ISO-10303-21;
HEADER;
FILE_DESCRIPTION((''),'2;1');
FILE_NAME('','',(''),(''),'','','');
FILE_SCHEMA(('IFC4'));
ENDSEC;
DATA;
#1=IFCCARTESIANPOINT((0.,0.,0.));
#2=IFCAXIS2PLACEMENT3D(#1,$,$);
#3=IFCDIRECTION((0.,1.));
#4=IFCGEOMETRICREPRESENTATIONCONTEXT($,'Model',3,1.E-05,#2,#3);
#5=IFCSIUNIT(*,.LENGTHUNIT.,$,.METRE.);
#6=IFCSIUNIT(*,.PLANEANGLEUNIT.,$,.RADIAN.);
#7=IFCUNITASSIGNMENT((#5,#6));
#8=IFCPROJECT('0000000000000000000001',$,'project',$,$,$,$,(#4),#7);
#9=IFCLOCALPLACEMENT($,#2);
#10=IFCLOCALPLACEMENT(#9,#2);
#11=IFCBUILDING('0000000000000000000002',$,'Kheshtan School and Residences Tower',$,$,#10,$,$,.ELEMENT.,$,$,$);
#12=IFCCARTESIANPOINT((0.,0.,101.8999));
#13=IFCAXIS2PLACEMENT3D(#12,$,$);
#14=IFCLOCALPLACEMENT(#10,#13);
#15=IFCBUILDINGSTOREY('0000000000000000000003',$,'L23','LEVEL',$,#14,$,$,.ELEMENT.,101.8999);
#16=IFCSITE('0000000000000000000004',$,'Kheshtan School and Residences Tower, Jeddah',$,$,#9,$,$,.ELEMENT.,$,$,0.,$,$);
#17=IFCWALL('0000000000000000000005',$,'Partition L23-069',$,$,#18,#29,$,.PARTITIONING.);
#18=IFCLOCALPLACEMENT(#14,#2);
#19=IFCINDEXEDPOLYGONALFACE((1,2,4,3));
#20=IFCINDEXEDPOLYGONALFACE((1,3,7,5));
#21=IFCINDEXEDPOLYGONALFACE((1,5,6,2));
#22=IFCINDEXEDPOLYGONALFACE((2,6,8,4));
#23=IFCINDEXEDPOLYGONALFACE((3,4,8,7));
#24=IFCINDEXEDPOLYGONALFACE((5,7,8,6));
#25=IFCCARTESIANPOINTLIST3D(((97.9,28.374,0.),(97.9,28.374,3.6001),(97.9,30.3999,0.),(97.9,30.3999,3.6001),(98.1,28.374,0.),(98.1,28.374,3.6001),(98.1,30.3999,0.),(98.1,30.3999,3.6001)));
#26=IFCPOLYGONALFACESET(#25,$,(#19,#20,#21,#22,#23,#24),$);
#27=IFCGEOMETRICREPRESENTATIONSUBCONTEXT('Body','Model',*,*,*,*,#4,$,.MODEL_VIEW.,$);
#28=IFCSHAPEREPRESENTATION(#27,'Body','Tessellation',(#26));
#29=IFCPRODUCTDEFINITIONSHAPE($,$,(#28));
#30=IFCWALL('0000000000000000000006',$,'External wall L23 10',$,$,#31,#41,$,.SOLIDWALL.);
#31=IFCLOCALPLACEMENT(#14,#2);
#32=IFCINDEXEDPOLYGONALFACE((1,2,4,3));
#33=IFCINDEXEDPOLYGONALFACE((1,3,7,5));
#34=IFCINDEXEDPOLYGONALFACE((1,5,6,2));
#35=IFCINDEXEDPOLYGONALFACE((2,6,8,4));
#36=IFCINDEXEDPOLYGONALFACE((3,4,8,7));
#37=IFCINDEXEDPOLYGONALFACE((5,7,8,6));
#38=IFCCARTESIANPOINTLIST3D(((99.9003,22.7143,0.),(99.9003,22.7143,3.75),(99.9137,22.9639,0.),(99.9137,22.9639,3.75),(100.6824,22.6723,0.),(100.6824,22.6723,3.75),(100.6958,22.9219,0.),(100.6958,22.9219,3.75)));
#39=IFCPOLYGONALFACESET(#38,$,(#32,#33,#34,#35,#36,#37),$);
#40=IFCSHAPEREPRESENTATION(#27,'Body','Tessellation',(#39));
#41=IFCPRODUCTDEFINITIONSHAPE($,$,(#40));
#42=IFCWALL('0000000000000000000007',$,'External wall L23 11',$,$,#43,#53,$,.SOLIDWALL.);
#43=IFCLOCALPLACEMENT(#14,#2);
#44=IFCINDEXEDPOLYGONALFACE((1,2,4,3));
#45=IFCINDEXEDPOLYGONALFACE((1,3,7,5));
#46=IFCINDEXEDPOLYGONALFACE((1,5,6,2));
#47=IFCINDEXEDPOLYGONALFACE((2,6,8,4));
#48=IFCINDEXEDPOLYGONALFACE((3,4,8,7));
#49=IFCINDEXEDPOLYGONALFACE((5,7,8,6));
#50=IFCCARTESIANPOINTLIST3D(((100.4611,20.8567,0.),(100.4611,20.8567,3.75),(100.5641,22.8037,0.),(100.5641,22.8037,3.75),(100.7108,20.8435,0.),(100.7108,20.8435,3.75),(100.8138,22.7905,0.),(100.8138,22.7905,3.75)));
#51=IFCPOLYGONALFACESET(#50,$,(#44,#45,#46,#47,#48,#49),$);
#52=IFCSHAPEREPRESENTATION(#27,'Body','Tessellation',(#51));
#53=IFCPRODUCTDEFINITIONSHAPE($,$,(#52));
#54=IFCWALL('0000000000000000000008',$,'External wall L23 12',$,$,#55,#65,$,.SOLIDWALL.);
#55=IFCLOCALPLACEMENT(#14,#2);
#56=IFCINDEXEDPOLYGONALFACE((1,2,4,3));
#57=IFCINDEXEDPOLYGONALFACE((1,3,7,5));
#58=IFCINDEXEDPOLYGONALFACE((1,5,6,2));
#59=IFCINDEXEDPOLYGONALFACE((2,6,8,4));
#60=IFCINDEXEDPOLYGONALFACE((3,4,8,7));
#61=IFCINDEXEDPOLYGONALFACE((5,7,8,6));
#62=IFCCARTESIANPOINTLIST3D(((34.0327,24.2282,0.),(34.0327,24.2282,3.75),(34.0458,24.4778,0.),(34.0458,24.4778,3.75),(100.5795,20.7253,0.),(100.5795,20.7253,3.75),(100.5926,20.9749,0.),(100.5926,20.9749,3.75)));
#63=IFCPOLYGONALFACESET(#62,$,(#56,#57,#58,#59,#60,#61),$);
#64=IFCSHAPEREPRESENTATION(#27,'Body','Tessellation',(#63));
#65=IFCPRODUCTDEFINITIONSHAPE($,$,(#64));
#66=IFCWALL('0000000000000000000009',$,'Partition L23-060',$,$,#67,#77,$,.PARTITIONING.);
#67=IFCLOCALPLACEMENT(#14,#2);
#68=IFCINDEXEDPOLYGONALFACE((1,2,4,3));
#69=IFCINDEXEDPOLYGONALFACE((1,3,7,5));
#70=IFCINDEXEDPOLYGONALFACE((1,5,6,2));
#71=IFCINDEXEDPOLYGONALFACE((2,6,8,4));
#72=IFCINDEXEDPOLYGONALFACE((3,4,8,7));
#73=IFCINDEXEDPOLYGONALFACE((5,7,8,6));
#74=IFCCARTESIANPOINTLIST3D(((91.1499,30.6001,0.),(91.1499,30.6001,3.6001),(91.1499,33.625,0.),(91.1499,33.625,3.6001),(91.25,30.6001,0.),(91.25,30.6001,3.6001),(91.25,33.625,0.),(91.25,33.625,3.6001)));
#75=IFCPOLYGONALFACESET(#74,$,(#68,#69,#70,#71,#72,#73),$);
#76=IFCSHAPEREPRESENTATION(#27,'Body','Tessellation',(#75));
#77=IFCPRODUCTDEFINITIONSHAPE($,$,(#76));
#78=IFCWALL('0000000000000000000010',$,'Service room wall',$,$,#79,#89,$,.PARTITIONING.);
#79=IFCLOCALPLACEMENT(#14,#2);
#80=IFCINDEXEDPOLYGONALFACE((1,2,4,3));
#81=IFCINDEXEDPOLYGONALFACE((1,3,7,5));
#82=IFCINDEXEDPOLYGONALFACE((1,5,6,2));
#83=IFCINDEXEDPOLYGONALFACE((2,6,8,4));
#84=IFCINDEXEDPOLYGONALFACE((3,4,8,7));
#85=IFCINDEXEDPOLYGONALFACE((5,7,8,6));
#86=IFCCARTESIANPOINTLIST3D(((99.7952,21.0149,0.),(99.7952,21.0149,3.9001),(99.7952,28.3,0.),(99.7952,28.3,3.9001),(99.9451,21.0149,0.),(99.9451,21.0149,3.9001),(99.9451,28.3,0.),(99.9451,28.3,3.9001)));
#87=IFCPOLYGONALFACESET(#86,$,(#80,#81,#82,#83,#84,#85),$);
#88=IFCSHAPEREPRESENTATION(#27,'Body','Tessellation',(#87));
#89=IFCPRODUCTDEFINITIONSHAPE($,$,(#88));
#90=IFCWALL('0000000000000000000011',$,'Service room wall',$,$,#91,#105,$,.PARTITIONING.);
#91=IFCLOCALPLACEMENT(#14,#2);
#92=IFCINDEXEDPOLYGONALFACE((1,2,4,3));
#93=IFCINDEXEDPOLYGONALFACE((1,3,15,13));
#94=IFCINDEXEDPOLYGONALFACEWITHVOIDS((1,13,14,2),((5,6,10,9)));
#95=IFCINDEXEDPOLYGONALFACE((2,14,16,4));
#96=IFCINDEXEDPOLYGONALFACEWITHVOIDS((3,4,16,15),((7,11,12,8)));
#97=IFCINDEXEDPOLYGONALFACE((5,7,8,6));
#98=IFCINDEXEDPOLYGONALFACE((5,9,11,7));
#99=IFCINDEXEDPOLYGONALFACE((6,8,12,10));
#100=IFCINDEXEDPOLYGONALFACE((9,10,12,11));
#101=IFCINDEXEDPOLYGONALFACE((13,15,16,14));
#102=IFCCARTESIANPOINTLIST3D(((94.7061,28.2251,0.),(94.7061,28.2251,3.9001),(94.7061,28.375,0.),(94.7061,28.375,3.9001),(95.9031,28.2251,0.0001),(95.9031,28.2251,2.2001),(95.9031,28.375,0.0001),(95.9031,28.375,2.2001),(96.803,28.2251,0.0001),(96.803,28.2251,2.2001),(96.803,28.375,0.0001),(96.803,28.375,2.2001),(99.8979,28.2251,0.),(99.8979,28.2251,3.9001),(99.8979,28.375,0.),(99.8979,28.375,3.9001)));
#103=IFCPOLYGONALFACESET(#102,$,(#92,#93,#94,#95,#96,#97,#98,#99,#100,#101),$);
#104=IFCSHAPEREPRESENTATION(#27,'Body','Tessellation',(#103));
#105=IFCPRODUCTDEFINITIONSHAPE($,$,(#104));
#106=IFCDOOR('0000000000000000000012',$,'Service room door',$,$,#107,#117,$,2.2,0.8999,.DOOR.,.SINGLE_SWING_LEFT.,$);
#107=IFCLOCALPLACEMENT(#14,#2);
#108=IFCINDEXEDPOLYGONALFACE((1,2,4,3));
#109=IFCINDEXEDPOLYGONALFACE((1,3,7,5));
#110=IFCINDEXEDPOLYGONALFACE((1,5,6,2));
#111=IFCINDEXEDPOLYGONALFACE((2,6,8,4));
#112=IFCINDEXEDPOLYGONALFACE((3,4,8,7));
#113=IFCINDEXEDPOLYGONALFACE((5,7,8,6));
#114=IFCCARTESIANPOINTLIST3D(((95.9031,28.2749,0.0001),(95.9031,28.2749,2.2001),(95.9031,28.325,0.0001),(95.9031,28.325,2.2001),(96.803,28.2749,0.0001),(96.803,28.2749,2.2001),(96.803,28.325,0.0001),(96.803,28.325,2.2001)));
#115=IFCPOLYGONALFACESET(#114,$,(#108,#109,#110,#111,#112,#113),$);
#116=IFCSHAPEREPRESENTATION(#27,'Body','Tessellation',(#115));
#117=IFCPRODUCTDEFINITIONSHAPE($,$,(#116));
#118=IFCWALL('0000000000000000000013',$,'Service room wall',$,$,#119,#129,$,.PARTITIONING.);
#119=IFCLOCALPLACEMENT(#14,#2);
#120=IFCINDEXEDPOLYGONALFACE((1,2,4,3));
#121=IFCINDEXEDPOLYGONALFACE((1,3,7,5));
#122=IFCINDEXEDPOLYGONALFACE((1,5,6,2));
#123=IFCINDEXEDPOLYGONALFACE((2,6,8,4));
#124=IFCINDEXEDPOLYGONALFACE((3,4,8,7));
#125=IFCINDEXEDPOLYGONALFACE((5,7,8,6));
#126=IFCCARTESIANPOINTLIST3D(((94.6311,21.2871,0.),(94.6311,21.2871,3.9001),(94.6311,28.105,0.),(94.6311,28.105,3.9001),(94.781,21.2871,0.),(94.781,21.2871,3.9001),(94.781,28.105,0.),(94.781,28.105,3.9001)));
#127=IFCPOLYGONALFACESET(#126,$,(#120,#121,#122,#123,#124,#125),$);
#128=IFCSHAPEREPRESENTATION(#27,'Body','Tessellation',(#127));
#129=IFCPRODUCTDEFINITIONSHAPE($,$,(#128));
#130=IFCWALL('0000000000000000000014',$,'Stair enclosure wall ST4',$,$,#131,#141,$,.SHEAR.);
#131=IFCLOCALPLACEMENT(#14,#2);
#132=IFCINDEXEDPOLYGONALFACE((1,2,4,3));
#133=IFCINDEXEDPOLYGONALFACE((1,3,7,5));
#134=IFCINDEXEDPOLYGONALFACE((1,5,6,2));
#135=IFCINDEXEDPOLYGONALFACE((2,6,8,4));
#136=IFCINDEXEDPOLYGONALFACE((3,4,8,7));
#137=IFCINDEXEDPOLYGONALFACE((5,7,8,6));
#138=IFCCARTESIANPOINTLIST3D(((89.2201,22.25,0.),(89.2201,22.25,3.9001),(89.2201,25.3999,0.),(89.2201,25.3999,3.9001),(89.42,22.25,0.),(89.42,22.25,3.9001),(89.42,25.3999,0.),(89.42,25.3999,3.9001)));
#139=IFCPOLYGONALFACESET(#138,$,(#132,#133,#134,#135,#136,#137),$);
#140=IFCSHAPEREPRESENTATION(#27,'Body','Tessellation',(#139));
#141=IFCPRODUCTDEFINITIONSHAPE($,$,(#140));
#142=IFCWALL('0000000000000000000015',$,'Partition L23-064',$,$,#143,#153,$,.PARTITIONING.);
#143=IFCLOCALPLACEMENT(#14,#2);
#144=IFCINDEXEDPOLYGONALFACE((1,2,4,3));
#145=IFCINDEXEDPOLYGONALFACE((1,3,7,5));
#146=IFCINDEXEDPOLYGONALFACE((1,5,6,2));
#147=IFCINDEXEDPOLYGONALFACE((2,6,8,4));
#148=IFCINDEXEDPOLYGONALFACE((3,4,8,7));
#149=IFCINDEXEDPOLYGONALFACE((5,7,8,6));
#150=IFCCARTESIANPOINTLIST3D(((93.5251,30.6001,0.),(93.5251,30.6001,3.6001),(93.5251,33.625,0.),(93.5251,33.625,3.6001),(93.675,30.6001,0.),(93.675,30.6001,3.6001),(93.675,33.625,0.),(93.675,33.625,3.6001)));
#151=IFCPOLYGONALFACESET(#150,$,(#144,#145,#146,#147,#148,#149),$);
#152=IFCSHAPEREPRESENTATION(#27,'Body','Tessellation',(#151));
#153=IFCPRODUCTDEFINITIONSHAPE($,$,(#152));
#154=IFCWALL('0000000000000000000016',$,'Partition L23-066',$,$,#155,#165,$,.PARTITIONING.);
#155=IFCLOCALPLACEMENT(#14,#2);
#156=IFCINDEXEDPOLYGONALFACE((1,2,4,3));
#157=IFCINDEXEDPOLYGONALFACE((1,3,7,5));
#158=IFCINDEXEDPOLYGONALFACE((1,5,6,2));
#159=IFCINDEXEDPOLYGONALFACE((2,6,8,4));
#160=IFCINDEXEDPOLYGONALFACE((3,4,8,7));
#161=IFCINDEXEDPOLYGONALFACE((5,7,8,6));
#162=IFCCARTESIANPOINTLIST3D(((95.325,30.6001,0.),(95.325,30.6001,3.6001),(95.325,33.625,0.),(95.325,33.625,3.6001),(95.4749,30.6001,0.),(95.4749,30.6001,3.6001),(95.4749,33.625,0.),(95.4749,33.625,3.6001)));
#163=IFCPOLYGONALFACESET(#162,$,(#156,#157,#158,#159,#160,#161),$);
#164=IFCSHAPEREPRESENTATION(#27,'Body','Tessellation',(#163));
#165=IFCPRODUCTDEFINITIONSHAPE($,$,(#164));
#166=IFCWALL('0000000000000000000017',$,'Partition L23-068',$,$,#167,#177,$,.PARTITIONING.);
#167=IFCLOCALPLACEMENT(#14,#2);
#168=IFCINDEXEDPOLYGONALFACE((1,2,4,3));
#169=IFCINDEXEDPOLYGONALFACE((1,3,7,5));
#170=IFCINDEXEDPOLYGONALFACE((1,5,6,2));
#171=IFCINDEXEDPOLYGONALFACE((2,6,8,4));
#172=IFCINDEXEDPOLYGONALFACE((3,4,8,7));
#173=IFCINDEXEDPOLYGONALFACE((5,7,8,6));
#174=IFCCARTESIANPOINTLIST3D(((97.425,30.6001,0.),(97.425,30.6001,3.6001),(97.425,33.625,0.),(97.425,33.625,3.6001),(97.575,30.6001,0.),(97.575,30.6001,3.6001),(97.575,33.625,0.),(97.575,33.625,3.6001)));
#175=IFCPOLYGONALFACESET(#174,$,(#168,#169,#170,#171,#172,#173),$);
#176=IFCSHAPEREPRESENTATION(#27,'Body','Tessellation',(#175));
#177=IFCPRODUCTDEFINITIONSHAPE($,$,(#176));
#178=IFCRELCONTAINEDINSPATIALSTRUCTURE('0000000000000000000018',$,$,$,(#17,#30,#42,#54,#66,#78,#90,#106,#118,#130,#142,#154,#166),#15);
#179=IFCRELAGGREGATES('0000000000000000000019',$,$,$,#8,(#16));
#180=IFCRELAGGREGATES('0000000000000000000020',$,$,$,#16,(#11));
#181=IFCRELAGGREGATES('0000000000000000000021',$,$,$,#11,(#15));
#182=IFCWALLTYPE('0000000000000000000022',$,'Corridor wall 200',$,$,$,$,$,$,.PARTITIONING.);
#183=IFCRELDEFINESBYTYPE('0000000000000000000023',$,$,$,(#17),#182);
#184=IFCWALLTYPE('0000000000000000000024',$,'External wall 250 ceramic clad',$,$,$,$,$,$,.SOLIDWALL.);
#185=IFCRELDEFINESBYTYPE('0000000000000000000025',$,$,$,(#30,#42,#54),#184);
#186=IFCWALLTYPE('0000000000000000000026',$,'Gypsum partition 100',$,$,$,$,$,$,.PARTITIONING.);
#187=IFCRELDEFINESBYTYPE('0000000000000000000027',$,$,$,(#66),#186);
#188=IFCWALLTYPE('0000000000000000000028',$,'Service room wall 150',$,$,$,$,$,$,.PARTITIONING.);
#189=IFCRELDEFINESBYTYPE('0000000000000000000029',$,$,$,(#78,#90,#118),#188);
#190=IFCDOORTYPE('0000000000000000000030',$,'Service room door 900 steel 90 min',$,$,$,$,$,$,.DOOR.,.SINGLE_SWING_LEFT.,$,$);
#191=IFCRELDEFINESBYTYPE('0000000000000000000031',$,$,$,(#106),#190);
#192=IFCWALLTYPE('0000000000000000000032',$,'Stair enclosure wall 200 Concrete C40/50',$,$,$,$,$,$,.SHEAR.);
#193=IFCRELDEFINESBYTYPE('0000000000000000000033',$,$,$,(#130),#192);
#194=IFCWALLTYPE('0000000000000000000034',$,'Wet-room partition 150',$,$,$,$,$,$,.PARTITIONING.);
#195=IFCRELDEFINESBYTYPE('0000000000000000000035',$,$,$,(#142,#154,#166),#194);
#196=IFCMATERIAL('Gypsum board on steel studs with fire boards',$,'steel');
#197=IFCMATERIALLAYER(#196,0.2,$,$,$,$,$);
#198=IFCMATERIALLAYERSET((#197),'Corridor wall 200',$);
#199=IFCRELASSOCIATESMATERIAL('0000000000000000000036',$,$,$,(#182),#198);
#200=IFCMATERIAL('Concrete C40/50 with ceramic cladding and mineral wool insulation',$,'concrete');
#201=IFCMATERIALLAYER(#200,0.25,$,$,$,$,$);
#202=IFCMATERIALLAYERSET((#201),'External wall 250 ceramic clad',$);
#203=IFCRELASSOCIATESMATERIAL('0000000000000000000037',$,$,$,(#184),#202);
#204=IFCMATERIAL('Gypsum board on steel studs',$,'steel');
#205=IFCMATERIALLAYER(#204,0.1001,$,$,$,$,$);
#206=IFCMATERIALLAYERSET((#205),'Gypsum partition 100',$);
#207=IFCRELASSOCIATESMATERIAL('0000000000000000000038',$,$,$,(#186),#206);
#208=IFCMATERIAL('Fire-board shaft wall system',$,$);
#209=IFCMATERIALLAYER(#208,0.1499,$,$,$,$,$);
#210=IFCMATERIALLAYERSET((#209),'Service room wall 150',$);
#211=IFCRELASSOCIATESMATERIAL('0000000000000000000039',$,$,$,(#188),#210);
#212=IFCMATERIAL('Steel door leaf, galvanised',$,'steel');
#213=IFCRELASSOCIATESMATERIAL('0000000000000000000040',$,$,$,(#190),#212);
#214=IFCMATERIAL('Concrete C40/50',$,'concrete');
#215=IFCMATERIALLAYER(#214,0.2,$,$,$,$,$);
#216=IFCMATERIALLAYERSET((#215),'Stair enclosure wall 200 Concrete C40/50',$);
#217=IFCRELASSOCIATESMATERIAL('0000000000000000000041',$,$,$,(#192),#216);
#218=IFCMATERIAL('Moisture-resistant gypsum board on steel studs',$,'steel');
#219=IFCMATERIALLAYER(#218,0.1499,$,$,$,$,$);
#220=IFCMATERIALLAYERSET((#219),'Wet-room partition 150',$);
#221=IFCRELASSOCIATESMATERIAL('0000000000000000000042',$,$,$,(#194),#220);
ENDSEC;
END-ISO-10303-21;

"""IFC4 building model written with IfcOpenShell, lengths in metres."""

from ifc_helpers import new_model, si_unit, direction, frame, frame_2d, origin, place, context, subcontext, project, spatial, rectangle, extrude, source, transform, mapped, material, layer, layer_set, type_object, element, fill, save


model = new_model("IFC4")

# Units and contexts
model_context = context("Model", 3, precision=1e-05, world=origin(), true_north=direction((0.0, 1.0)))
body_context = subcontext(model_context, "Body", "Model", "MODEL_VIEW")
ifc_project = project(units=[si_unit("LENGTHUNIT", "METRE"), si_unit("PLANEANGLEUNIT", "RADIAN")], contexts=[model_context])

# Site, building, storey
site_placement = place(None, origin())
site = spatial("IfcSite", under=ifc_project, at=site_placement, Name="Kheshtan School and Residences Tower, Jeddah", CompositionType="ELEMENT", RefElevation=0.0)
building_placement = place(site_placement, origin())
building = spatial("IfcBuilding", under=site, at=building_placement, Name="Kheshtan School and Residences Tower", CompositionType="ELEMENT")
storey_placement = place(building_placement, frame((0.0, 0.0, 101.8999)))
storey = spatial("IfcBuildingStorey", under=building, at=storey_placement, Name="L23", Description="LEVEL", CompositionType="ELEMENT", Elevation=101.8999)

# Walls
ifc_material_1 = material(Name="Gypsum board on steel studs with fire boards", Category="steel")
ifc_layer_1 = layer(ifc_material_1, 0.2)
ifc_layer_set_1 = layer_set([ifc_layer_1], Name="Corridor wall 200")
wall_type_1 = type_object("IfcWallType", Name="Corridor wall 200", PredefinedType="PARTITIONING", material=ifc_layer_set_1)
wall_1_placement = place(storey_placement, frame((98.0, 28.374, 0.0), z_axis=(0.0, 0.0, 1.0), x_axis=(0.0, 1.0, 0.0)))
element("IfcWall", 1, at=wall_1_placement, inside=storey, type_object=wall_type_1, Name="Partition L23-069", PredefinedType="PARTITIONING", context=body_context, shape_type="SweptSolid", body=[
    extrude(rectangle(XDim=2.0259, YDim=0.2, at=frame_2d((1.0129, 0.0))), origin(), (0.0, 0.0, 1.0), 3.6001),
])
ifc_material_2 = material(Name="Concrete C40/50 with ceramic cladding and mineral wool insulation", Category="concrete")
ifc_layer_2 = layer(ifc_material_2, 0.25)
ifc_layer_set_2 = layer_set([ifc_layer_2], Name="External wall 250 ceramic clad")
wall_type_2 = type_object("IfcWallType", Name="External wall 250 ceramic clad", PredefinedType="SOLIDWALL", material=ifc_layer_set_2)
wall_2_placement = place(storey_placement, frame((99.907, 22.8391, 0.0), z_axis=(0.0, 0.0, 1.0), x_axis=(0.998561, -0.053622, 0.0)))
element("IfcWall", 2, at=wall_2_placement, inside=storey, type_object=wall_type_2, Name="External wall L23 10", PredefinedType="SOLIDWALL", context=body_context, shape_type="SweptSolid", body=[
    extrude(rectangle(XDim=0.7832, YDim=0.25, at=frame_2d((0.3916, 0.0))), origin(), (0.0, 0.0, 1.0), 3.75),
])
wall_3_placement = place(storey_placement, frame((100.689, 22.7971, 0.0), z_axis=(0.0, 0.0, 1.0), x_axis=(-0.052841, -0.998603, 0.0)))
element("IfcWall", 3, at=wall_3_placement, inside=storey, type_object=wall_type_2, Name="External wall L23 11", PredefinedType="SOLIDWALL", context=body_context, shape_type="SweptSolid", body=[
    extrude(rectangle(XDim=1.9497, YDim=0.25, at=frame_2d((0.9749, 0.0))), origin(), (0.0, 0.0, 1.0), 3.75),
])
wall_4_placement = place(storey_placement, frame((100.5859, 20.8501, 0.0), z_axis=(0.0, 0.0, 1.0), x_axis=(-0.998617, 0.052566, 0.0)))
element("IfcWall", 4, at=wall_4_placement, inside=storey, type_object=wall_type_2, Name="External wall L23 12", PredefinedType="SOLIDWALL", context=body_context, shape_type="SweptSolid", body=[
    extrude(rectangle(XDim=66.6389, YDim=0.25, at=frame_2d((33.3193, 0.0))), origin(), (0.0, 0.0, 1.0), 3.75),
])
ifc_material_3 = material(Name="Gypsum board on steel studs", Category="steel")
ifc_layer_3 = layer(ifc_material_3, 0.1001)
ifc_layer_set_3 = layer_set([ifc_layer_3], Name="Gypsum partition 100")
wall_type_3 = type_object("IfcWallType", Name="Gypsum partition 100", PredefinedType="PARTITIONING", material=ifc_layer_set_3)
wall_5_placement = place(storey_placement, frame((91.2, 30.6001, 0.0), z_axis=(0.0, 0.0, 1.0), x_axis=(0.0, 1.0, 0.0)))
element("IfcWall", 5, at=wall_5_placement, inside=storey, type_object=wall_type_3, Name="Partition L23-060", PredefinedType="PARTITIONING", context=body_context, shape_type="SweptSolid", body=[
    extrude(rectangle(XDim=3.0249, YDim=0.1001, at=frame_2d((1.5125, 0.0))), origin(), (0.0, 0.0, 1.0), 3.6001),
])
ifc_material_4 = material(Name="Fire-board shaft wall system")
ifc_layer_4 = layer(ifc_material_4, 0.1499)
ifc_layer_set_4 = layer_set([ifc_layer_4], Name="Service room wall 150")
wall_type_4 = type_object("IfcWallType", Name="Service room wall 150", PredefinedType="PARTITIONING", material=ifc_layer_set_4)
wall_6_placement = place(storey_placement, frame((99.8701, 21.0149, 0.0), z_axis=(0.0, 0.0, 1.0), x_axis=(0.0, 1.0, 0.0)))
element("IfcWall", 6, at=wall_6_placement, inside=storey, type_object=wall_type_4, Name="Service room wall", PredefinedType="PARTITIONING", context=body_context, shape_type="SweptSolid", body=[
    extrude(rectangle(XDim=7.2852, YDim=0.1499, at=frame_2d((3.6426, 0.0))), origin(), (0.0, 0.0, 1.0), 3.9001),
])

# Wall, opening, door
wall_7_placement = place(storey_placement, frame((94.7061, 28.3, 0.0), z_axis=(0.0, 0.0, 1.0), x_axis=(1.0, 0.0, 0.0)))
wall_7 = element("IfcWall", 7, at=wall_7_placement, inside=storey, type_object=wall_type_4, Name="Service room wall", PredefinedType="PARTITIONING", context=body_context, shape_type="SweptSolid", body=[
    extrude(rectangle(XDim=5.1919, YDim=0.1499, at=frame_2d((2.5959, 0.0))), origin(), (0.0, 0.0, 1.0), 3.9001),
])
opening_placement = place(wall_7_placement, frame((1.197, 0.0, 0.0)))
opening = element("IfcOpeningElement", 8, at=opening_placement, cuts=wall_7, PredefinedType="OPENING", context=body_context, shape_type="SweptSolid", body=[
    extrude(rectangle(XDim=0.8999, YDim=2.2, at=frame_2d((0.45, 1.1001))), frame((0.0, 0.085, 0.0), z_axis=(0.0, -1.0, 0.0), x_axis=(1.0, 0.0, 0.0)), (0.0, 0.0, 1.0), 0.1699),
])
ifc_material_5 = material(Name="Steel door leaf, galvanised", Category="steel")
door_type = type_object("IfcDoorType", Name="Service room door 900 steel 90 min", OperationType="SINGLE_SWING_LEFT", PredefinedType="DOOR", material=ifc_material_5)
shared_shape = source(origin(), body_context, "Body", "SweptSolid", [
    extrude(rectangle(XDim=0.8999, YDim=2.2, at=frame_2d((0.45, 1.1001))), frame((0.0, 0.0249, 0.0), z_axis=(0.0, -1.0, 0.0), x_axis=(1.0, 0.0, 0.0)), (0.0, 0.0, 1.0), 0.05),
])
door_placement = place(opening_placement, origin())
door = element("IfcDoor", 9, at=door_placement, inside=storey, type_object=door_type, Name="Service room door", OperationType="SINGLE_SWING_LEFT", OverallHeight=2.2, OverallWidth=0.8999, PredefinedType="DOOR", context=body_context, shape_type="MappedRepresentation", body=[
    mapped(shared_shape, transform((0.0, 0.0, 0.0), x_axis=(1.0, 0.0, 0.0), y_axis=(0.0, 1.0, 0.0), z_axis=(0.0, 0.0, 1.0), scale=1.0)),
])
fill(opening, door)

# Walls
wall_8_placement = place(storey_placement, frame((94.7061, 21.2871, 0.0), z_axis=(0.0, 0.0, 1.0), x_axis=(0.0, 1.0, 0.0)))
element("IfcWall", 10, at=wall_8_placement, inside=storey, type_object=wall_type_4, Name="Service room wall", PredefinedType="PARTITIONING", context=body_context, shape_type="SweptSolid", body=[
    extrude(rectangle(XDim=6.8179, YDim=0.1499, at=frame_2d((3.4089, 0.0))), origin(), (0.0, 0.0, 1.0), 3.9001),
])
ifc_material_6 = material(Name="Concrete C40/50", Category="concrete")
ifc_layer_5 = layer(ifc_material_6, 0.2)
ifc_layer_set_5 = layer_set([ifc_layer_5], Name="Stair enclosure wall 200 Concrete C40/50")
wall_type_5 = type_object("IfcWallType", Name="Stair enclosure wall 200 Concrete C40/50", PredefinedType="SHEAR", material=ifc_layer_set_5)
wall_9_placement = place(storey_placement, frame((89.3201, 22.25, 0.0), z_axis=(0.0, 0.0, 1.0), x_axis=(0.0, 1.0, 0.0)))
element("IfcWall", 11, at=wall_9_placement, inside=storey, type_object=wall_type_5, Name="Stair enclosure wall ST4", PredefinedType="SHEAR", context=body_context, shape_type="SweptSolid", body=[
    extrude(rectangle(XDim=3.1499, YDim=0.2, at=frame_2d((1.575, 0.0))), origin(), (0.0, 0.0, 1.0), 3.9001),
])
ifc_material_7 = material(Name="Moisture-resistant gypsum board on steel studs", Category="steel")
ifc_layer_6 = layer(ifc_material_7, 0.1499)
ifc_layer_set_6 = layer_set([ifc_layer_6], Name="Wet-room partition 150")
wall_type_6 = type_object("IfcWallType", Name="Wet-room partition 150", PredefinedType="PARTITIONING", material=ifc_layer_set_6)
for number, where, z_axis, x_axis, name in (
    (12, (93.6001, 30.6001, 0.0), (0.0, 0.0, 1.0), (0.0, 1.0, 0.0), "Partition L23-064"),
    (13, (95.3999, 30.6001, 0.0), (0.0, 0.0, 1.0), (0.0, 1.0, 0.0), "Partition L23-066"),
    (14, (97.5, 30.6001, 0.0), (0.0, 0.0, 1.0), (0.0, 1.0, 0.0), "Partition L23-068"),
):
    element("IfcWall", number, at=place(storey_placement, frame(where, z_axis=z_axis, x_axis=x_axis)), inside=storey, type_object=wall_type_6, Name=name, PredefinedType="PARTITIONING", context=body_context, shape_type="SweptSolid", body=[
        extrude(rectangle(XDim=3.0249, YDim=0.1499, at=frame_2d((1.5125, 0.0))), origin(), (0.0, 0.0, 1.0), 3.6001),
    ])

save(model, "model.ifc")
